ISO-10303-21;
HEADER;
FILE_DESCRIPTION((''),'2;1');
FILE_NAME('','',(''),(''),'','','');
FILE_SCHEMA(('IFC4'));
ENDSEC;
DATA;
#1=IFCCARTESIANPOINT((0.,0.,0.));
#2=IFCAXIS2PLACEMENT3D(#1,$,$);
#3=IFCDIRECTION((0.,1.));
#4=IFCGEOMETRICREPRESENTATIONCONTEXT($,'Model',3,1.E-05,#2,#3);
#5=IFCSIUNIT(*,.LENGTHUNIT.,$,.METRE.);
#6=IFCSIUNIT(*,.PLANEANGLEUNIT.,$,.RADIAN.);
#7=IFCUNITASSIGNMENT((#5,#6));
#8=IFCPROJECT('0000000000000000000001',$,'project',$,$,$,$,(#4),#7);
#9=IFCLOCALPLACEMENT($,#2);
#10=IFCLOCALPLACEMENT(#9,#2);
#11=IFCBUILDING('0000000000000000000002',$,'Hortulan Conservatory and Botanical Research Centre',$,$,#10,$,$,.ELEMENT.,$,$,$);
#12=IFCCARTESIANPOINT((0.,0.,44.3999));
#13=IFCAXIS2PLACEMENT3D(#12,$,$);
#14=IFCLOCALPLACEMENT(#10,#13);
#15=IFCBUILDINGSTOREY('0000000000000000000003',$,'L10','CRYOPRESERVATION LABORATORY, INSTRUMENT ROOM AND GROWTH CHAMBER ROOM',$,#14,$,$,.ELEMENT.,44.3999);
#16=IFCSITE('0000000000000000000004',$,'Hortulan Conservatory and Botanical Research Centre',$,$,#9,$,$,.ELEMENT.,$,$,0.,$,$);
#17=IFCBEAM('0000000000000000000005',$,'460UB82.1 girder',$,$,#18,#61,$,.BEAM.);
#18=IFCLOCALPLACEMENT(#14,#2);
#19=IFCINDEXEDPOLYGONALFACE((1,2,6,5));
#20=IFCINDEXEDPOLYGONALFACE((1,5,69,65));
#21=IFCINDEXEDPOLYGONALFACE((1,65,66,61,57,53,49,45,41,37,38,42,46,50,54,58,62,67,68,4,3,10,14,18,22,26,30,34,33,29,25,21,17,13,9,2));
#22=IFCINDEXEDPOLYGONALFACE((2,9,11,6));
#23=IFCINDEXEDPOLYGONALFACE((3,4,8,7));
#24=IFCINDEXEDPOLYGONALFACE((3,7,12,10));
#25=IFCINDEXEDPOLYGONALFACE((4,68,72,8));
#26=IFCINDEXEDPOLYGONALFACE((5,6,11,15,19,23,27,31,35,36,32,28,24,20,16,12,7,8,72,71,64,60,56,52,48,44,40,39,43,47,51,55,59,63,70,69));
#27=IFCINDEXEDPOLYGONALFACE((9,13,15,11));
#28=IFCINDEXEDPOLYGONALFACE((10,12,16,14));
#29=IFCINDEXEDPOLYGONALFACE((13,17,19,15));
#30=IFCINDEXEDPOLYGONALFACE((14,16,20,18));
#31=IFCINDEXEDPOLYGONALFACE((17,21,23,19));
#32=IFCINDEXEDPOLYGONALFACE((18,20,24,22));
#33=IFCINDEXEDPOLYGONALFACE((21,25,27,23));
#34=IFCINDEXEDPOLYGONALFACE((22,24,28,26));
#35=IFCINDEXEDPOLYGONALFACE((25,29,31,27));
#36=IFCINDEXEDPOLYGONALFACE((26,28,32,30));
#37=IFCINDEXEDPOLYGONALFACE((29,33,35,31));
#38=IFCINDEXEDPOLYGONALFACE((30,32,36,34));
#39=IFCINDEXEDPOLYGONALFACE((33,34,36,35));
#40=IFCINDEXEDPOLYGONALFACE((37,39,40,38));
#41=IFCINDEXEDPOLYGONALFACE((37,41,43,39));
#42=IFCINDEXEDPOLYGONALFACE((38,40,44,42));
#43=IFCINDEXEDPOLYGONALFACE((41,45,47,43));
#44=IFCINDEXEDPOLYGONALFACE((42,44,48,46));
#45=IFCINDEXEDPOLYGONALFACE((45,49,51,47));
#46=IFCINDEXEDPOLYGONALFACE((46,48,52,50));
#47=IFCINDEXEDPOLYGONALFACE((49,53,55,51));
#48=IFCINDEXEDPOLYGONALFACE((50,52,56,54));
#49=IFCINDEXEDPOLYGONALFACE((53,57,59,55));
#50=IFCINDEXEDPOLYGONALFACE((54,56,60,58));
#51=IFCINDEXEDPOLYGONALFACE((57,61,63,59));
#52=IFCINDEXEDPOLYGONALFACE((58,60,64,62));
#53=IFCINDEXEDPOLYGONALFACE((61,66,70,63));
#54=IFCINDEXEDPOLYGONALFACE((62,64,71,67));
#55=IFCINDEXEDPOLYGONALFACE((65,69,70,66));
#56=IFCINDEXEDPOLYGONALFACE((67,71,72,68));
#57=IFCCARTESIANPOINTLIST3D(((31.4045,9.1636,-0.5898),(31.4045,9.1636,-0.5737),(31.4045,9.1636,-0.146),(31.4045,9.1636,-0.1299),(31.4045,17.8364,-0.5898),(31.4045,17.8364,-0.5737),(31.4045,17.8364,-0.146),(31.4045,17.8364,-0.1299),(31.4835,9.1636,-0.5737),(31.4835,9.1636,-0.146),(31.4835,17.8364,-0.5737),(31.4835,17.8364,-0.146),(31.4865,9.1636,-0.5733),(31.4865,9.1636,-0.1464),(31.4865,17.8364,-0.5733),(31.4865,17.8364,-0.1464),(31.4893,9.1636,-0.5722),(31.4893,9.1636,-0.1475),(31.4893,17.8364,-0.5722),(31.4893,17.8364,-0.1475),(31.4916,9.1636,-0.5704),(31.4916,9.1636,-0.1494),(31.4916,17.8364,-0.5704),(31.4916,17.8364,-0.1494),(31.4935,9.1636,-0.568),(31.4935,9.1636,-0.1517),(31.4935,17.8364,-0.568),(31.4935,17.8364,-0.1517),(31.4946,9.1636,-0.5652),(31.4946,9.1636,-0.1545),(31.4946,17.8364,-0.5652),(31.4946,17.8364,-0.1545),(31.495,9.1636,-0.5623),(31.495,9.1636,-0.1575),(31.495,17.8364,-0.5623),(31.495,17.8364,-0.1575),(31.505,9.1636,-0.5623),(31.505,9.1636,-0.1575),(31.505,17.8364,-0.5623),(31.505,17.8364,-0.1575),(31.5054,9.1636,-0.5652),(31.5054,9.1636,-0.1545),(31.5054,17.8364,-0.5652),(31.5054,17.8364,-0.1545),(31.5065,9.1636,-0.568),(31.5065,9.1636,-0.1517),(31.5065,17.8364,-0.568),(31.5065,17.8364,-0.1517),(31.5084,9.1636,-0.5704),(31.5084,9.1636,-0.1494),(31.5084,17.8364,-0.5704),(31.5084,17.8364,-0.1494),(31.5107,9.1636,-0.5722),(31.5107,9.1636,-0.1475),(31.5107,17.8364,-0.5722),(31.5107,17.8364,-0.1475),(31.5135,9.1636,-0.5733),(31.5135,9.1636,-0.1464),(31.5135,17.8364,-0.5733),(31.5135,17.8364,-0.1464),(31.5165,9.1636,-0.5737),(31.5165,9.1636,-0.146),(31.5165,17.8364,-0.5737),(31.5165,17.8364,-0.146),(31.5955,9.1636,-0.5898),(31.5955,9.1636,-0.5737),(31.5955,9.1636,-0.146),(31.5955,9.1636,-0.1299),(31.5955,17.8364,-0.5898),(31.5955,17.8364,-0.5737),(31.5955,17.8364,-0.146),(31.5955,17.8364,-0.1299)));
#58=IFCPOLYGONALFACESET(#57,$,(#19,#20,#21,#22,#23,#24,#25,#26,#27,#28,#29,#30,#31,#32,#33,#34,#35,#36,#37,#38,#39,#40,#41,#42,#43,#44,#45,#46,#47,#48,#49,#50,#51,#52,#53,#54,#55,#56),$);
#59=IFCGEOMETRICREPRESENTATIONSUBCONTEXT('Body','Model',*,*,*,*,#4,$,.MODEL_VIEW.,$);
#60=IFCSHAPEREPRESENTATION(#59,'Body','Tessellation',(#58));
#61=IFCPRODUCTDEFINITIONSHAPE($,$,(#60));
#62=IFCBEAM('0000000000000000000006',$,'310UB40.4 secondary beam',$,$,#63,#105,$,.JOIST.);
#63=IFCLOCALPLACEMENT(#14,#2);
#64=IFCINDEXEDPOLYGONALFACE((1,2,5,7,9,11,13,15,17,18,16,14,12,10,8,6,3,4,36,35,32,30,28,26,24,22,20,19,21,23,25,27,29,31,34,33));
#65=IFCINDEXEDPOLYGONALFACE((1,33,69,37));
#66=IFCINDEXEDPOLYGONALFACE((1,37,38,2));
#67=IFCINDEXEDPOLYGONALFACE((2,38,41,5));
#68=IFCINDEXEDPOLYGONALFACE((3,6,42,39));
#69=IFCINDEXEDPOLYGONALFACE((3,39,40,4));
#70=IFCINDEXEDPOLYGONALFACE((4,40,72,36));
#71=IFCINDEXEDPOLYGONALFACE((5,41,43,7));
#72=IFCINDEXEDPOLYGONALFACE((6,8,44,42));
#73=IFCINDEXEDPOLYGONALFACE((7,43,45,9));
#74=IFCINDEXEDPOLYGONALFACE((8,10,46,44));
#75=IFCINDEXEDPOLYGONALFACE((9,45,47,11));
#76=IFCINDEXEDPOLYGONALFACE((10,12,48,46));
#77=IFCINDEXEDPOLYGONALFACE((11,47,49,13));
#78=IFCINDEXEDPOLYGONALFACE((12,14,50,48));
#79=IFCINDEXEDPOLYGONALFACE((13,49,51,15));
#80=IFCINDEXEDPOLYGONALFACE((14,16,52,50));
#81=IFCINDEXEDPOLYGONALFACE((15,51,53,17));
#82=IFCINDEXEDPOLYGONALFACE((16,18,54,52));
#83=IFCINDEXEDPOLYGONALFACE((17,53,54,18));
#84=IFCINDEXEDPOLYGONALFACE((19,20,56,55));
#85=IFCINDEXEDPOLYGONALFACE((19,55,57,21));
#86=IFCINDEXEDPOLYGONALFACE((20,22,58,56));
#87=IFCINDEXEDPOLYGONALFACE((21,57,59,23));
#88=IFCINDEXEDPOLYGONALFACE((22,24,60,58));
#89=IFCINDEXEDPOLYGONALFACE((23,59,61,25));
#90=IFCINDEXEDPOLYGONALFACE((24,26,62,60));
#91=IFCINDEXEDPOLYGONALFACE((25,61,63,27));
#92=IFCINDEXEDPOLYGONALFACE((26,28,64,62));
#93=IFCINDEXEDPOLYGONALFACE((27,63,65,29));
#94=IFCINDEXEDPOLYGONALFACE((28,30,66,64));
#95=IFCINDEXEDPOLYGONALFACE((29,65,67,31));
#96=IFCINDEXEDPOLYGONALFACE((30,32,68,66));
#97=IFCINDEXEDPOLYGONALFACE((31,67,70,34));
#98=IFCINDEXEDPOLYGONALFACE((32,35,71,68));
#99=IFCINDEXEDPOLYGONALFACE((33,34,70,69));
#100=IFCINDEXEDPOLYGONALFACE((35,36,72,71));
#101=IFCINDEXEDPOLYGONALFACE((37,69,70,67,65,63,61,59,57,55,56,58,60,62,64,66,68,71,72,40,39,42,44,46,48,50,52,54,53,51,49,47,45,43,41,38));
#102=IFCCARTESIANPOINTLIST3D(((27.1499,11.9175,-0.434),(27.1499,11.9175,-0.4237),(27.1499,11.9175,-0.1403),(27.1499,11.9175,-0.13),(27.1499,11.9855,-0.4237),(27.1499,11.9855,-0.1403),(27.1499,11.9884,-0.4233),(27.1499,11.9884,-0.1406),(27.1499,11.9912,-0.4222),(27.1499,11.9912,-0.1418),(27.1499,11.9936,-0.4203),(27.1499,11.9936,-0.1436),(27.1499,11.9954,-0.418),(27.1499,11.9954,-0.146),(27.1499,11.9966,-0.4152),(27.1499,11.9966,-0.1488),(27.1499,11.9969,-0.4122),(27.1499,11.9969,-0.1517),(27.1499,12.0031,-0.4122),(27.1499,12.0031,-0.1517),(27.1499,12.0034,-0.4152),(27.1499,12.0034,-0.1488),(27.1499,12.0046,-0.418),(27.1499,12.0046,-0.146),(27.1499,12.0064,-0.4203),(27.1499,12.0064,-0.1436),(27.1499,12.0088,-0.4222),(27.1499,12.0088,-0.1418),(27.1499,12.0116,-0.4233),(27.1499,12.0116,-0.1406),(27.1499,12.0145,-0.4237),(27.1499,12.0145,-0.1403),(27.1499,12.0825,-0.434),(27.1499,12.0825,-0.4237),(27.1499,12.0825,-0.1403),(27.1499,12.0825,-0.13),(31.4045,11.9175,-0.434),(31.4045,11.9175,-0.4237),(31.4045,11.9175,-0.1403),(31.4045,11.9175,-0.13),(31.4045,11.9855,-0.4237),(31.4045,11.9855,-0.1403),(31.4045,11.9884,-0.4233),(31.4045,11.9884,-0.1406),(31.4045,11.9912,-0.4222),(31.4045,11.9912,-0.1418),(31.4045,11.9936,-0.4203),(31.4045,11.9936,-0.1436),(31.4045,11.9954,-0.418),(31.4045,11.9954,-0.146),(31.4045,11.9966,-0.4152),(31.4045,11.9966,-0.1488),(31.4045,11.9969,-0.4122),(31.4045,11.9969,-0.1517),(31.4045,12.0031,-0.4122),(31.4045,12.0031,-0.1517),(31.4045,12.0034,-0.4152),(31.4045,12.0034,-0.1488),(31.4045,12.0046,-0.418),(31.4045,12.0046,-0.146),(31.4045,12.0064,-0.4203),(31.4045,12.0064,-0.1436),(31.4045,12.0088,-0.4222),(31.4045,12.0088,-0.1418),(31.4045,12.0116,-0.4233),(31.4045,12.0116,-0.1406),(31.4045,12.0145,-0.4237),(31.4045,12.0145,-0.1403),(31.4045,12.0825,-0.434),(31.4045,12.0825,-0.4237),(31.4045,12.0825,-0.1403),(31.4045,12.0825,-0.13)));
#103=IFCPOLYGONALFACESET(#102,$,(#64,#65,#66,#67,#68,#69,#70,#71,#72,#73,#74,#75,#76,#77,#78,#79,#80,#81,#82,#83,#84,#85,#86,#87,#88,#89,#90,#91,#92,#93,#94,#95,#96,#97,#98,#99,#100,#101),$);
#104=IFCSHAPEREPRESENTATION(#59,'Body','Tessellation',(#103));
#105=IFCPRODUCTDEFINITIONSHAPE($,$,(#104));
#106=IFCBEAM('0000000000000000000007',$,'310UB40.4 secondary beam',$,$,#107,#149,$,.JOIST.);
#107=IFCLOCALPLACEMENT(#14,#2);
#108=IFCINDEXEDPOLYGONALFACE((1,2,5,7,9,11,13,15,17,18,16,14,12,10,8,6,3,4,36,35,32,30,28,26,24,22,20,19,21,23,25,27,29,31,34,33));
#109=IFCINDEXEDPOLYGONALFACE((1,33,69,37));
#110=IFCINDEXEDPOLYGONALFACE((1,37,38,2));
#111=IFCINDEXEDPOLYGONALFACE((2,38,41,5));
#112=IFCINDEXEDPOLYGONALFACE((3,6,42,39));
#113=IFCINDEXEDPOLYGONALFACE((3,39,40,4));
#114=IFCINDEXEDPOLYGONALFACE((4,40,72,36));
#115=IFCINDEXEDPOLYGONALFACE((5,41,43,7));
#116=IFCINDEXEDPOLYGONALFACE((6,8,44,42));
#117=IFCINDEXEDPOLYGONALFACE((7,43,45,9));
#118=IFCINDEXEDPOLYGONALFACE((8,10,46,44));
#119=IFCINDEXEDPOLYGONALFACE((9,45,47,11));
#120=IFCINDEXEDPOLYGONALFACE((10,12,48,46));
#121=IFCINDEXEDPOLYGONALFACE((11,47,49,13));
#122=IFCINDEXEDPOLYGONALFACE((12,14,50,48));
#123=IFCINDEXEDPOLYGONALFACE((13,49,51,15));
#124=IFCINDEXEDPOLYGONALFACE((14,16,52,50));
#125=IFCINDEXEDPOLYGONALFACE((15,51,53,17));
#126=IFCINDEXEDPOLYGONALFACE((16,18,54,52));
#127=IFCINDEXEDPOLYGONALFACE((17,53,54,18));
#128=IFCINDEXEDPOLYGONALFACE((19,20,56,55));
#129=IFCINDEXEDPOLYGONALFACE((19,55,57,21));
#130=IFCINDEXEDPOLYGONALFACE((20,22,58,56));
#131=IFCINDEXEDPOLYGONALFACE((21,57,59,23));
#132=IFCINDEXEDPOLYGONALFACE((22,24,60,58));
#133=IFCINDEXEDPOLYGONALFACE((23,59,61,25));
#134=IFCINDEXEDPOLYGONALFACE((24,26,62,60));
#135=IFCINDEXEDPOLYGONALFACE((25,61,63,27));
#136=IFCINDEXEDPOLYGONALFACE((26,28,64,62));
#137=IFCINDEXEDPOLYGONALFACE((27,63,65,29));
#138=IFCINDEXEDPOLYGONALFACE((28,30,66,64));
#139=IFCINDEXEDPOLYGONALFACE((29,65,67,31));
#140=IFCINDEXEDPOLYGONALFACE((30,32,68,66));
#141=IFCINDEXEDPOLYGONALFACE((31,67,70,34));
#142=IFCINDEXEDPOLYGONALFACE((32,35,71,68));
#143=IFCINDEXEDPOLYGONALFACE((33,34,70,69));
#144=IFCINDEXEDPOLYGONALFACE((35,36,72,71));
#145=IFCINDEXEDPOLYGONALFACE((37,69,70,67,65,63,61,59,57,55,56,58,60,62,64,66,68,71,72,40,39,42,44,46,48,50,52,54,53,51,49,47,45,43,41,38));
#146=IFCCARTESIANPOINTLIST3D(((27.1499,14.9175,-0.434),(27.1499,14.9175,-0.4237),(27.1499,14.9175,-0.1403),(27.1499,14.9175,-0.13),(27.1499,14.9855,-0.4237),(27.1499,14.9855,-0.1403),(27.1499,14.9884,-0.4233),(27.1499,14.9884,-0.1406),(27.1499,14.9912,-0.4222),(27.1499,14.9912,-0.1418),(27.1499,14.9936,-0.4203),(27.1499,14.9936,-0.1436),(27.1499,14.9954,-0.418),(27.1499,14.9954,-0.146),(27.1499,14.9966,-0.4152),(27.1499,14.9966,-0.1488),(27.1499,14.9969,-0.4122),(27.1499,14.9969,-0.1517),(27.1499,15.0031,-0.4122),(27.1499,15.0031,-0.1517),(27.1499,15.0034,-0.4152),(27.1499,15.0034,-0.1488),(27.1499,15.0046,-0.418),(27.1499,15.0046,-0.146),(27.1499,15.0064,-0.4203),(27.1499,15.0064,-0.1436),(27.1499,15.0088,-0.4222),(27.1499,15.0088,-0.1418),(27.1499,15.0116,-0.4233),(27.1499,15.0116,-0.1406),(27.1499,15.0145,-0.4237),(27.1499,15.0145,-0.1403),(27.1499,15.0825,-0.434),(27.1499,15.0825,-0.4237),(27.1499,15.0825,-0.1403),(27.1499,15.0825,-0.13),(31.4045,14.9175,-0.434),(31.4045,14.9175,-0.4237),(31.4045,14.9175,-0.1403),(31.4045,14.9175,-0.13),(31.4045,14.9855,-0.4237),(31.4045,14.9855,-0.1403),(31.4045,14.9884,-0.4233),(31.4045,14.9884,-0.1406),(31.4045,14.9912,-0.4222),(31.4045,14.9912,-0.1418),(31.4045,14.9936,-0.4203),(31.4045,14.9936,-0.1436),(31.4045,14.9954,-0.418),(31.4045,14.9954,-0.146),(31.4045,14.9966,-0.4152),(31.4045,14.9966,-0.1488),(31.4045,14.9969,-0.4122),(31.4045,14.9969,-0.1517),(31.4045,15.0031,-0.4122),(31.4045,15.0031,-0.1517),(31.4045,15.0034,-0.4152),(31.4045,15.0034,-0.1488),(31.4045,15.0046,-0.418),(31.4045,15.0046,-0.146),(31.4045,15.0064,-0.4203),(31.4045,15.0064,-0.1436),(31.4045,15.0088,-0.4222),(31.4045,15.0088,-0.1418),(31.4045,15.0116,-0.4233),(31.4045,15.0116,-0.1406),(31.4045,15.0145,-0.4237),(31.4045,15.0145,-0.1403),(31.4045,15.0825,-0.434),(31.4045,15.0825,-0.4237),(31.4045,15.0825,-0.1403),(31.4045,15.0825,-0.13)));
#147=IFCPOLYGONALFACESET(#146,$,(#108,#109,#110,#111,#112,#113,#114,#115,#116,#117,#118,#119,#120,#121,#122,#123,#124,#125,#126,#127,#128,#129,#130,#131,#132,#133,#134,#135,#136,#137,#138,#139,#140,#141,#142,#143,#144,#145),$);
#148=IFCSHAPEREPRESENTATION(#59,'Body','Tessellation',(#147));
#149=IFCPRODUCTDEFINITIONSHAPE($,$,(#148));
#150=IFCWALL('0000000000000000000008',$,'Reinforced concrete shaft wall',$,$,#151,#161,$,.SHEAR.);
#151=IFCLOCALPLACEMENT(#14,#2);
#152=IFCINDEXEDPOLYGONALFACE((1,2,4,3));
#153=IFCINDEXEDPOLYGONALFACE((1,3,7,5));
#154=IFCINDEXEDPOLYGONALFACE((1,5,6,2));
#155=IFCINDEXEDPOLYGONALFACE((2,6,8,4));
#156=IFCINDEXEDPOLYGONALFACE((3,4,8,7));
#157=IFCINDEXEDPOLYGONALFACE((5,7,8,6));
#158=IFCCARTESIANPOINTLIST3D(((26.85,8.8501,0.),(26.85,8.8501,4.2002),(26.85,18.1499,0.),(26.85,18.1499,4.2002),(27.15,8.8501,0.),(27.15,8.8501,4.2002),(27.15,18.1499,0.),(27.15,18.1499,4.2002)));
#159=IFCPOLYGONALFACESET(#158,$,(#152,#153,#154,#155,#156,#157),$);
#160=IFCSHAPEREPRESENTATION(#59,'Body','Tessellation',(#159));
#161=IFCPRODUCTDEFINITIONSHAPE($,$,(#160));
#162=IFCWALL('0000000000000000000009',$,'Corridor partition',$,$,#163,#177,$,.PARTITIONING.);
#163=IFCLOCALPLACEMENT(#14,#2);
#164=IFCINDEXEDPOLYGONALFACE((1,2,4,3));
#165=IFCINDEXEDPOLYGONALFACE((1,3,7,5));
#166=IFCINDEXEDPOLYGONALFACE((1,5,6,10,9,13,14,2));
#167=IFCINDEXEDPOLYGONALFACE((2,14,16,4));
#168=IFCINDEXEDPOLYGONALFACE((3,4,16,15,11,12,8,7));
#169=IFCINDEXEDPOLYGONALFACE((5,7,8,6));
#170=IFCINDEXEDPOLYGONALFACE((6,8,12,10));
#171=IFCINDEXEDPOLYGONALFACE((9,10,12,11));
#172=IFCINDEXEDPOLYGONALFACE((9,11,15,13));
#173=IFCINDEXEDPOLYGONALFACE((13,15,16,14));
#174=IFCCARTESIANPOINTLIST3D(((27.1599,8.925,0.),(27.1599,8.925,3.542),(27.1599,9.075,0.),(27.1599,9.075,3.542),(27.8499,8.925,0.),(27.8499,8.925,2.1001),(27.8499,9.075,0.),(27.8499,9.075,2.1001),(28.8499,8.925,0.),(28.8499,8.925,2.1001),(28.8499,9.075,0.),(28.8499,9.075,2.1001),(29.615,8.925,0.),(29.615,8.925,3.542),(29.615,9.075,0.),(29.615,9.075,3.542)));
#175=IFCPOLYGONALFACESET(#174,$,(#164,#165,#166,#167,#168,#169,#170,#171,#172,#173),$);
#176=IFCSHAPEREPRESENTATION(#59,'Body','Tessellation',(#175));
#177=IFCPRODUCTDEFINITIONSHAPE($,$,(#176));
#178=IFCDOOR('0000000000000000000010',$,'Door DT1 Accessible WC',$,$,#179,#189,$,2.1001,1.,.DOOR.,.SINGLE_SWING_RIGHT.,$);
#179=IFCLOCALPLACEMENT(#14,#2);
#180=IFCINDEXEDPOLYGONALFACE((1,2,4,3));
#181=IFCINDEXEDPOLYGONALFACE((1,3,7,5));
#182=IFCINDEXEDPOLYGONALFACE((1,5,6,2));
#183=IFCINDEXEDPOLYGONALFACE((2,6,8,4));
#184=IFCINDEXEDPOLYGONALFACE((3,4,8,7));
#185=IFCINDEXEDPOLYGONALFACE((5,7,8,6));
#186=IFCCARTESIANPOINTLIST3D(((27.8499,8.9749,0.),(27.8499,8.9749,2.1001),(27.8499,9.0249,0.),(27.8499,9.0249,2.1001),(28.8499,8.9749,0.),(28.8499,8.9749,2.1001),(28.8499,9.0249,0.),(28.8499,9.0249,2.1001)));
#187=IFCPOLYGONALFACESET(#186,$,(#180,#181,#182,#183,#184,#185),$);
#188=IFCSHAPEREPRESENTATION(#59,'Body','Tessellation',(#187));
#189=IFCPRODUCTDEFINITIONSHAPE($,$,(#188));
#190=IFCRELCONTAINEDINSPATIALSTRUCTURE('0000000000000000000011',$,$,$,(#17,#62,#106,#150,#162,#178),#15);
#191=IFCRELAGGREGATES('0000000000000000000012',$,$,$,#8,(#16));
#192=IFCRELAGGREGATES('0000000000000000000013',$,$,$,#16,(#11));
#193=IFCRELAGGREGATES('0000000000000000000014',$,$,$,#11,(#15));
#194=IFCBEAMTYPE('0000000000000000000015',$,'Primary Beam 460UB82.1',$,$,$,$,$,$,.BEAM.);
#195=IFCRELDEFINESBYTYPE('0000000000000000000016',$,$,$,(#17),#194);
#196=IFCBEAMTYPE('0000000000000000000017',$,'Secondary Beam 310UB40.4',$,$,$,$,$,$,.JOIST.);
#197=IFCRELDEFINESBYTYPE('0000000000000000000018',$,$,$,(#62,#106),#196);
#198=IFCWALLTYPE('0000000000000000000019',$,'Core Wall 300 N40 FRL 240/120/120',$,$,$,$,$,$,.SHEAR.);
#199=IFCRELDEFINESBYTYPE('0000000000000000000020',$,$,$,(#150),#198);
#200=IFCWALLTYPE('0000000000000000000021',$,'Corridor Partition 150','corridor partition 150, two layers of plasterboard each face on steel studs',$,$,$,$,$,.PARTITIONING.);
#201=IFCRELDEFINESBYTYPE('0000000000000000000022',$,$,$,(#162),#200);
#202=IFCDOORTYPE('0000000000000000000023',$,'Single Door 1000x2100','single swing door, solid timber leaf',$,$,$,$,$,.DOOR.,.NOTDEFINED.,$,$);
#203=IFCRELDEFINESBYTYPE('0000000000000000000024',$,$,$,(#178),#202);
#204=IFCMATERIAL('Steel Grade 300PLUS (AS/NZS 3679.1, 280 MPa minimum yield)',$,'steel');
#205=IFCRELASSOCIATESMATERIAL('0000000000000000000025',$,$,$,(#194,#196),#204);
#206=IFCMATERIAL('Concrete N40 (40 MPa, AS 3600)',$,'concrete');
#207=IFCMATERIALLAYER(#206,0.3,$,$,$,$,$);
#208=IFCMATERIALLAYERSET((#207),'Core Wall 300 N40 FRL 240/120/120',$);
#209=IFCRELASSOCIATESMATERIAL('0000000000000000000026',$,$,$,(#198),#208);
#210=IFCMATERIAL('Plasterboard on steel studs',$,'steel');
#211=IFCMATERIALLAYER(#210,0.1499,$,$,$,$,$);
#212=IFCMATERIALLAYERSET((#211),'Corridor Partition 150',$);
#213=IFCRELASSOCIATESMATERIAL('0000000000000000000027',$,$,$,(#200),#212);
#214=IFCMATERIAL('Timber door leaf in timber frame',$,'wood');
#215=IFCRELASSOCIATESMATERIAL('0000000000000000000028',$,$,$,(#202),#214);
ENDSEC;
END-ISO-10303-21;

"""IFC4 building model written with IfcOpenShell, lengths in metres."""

from ifc_helpers import new_model, si_unit, direction, frame, frame_2d, origin, origin_2d, place, context, subcontext, project, spatial, rectangle, i_section, extrude, material, layer, layer_set, material_profile, profile_set, type_object, element, fill, save


model = new_model("IFC4")

# Units and contexts
model_context = context("Model", 3, precision=1e-05, world=origin(), true_north=direction((0.0, 1.0)))
body_context = subcontext(model_context, "Body", "Model", "MODEL_VIEW")
ifc_project = project(units=[si_unit("LENGTHUNIT", "METRE"), si_unit("PLANEANGLEUNIT", "RADIAN")], contexts=[model_context])

# Site, building, storey
site_placement = place(None, origin())
site = spatial("IfcSite", under=ifc_project, at=site_placement, Name="Hortulan Conservatory and Botanical Research Centre", CompositionType="ELEMENT", RefElevation=0.0)
building_placement = place(site_placement, origin())
building = spatial("IfcBuilding", under=site, at=building_placement, Name="Hortulan Conservatory and Botanical Research Centre", CompositionType="ELEMENT")
storey_placement = place(building_placement, frame((0.0, 0.0, 44.3999)))
storey = spatial("IfcBuildingStorey", under=building, at=storey_placement, Name="L10", Description="CRYOPRESERVATION LABORATORY, INSTRUMENT ROOM AND GROWTH CHAMBER ROOM", CompositionType="ELEMENT", Elevation=44.3999)

# Shared definitions
ifc_material_1 = material(Name="Steel Grade 300PLUS (AS/NZS 3679.1, 280 MPa minimum yield)", Category="steel")

# Beams
ifc_material_profile_1 = material_profile(ifc_material_1, i_section(OverallWidth=0.1909, OverallDepth=0.46, WebThickness=0.01, FlangeThickness=0.0161, FilletRadius=0.0115, at=origin_2d()), Name="460UB82.1")
ifc_profile_set_1 = profile_set([ifc_material_profile_1], Name="Steel Grade 300PLUS (AS/NZS 3679.1, 280 MPa minimum yield)")
beam_type_1 = type_object("IfcBeamType", Name="Primary Beam 460UB82.1", PredefinedType="BEAM", material=ifc_profile_set_1)
beam_1_placement = place(storey_placement, frame((31.5, 9.1636, -0.3599), z_axis=(0.0, 1.0, 0.0), x_axis=(-1.0, 0.0, 0.0)))
element("IfcBeam", 1, at=beam_1_placement, inside=storey, type_object=beam_type_1, Name="460UB82.1 girder", PredefinedType="BEAM", context=body_context, shape_type="SweptSolid", body=[
    extrude(i_section(OverallWidth=0.1909, OverallDepth=0.46, WebThickness=0.01, FlangeThickness=0.0161, FilletRadius=0.0115, at=origin_2d()), origin(), (0.0, 0.0, 1.0), 8.6729),
])
ifc_material_profile_2 = material_profile(ifc_material_1, i_section(OverallWidth=0.165, OverallDepth=0.304, WebThickness=0.0061, FlangeThickness=0.0103, FilletRadius=0.0115, at=origin_2d()), Name="310UB40.4")
ifc_profile_set_2 = profile_set([ifc_material_profile_2], Name="Steel Grade 300PLUS (AS/NZS 3679.1, 280 MPa minimum yield)")
beam_type_2 = type_object("IfcBeamType", Name="Secondary Beam 310UB40.4", PredefinedType="JOIST", material=ifc_profile_set_2)
for number, where, z_axis, x_axis, name in (
    (2, (27.1499, 12.0, -0.282), (1.0, 0.0, 0.0), (0.0, 1.0, 0.0), "310UB40.4 secondary beam"),
    (3, (27.1499, 15.0, -0.282), (1.0, 0.0, 0.0), (0.0, 1.0, 0.0), "310UB40.4 secondary beam"),
):
    element("IfcBeam", number, at=place(storey_placement, frame(where, z_axis=z_axis, x_axis=x_axis)), inside=storey, type_object=beam_type_2, Name=name, PredefinedType="JOIST", context=body_context, shape_type="SweptSolid", body=[
        extrude(i_section(OverallWidth=0.165, OverallDepth=0.304, WebThickness=0.0061, FlangeThickness=0.0103, FilletRadius=0.0115, at=origin_2d()), origin(), (0.0, 0.0, 1.0), 4.2546),
    ])

# Wall
ifc_material_2 = material(Name="Concrete N40 (40 MPa, AS 3600)", Category="concrete")
ifc_layer_1 = layer(ifc_material_2, 0.3)
ifc_layer_set_1 = layer_set([ifc_layer_1], Name="Core Wall 300 N40 FRL 240/120/120")
wall_type_1 = type_object("IfcWallType", Name="Core Wall 300 N40 FRL 240/120/120", PredefinedType="SHEAR", material=ifc_layer_set_1)
wall_1_placement = place(storey_placement, frame((27.0, 8.8501, 0.0), z_axis=(0.0, 0.0, 1.0), x_axis=(0.0, 1.0, 0.0)))
element("IfcWall", 4, at=wall_1_placement, inside=storey, type_object=wall_type_1, Name="Reinforced concrete shaft wall", PredefinedType="SHEAR", context=body_context, shape_type="SweptSolid", body=[
    extrude(rectangle(XDim=9.2998, YDim=0.3, at=frame_2d((4.6499, 0.0))), origin(), (0.0, 0.0, 1.0), 4.2002),
])

# Wall, opening, door
ifc_material_3 = material(Name="Plasterboard on steel studs", Category="steel")
ifc_layer_2 = layer(ifc_material_3, 0.1499)
ifc_layer_set_2 = layer_set([ifc_layer_2], Name="Corridor Partition 150")
wall_type_2 = type_object("IfcWallType", Name="Corridor Partition 150", Description="corridor partition 150, two layers of plasterboard each face on steel studs", PredefinedType="PARTITIONING", material=ifc_layer_set_2)
wall_2_placement = place(storey_placement, frame((27.1599, 9.0, 0.0), z_axis=(0.0, 0.0, 1.0), x_axis=(1.0, 0.0, 0.0)))
wall_2 = element("IfcWall", 5, at=wall_2_placement, inside=storey, type_object=wall_type_2, Name="Corridor partition", PredefinedType="PARTITIONING", context=body_context, shape_type="SweptSolid", body=[
    extrude(rectangle(XDim=2.4551, YDim=0.1499, at=frame_2d((1.2275, 0.0))), origin(), (0.0, 0.0, 1.0), 3.542),
])
opening_1_placement = place(wall_2_placement, frame((0.6899, 0.0, 0.0)))
opening_1 = element("IfcOpeningElement", 6, at=opening_1_placement, cuts=wall_2, PredefinedType="OPENING", context=body_context, shape_type="SweptSolid", body=[
    extrude(rectangle(XDim=1.0, YDim=2.1001, at=frame_2d((0.5, 1.05))), frame((0.0, 0.085, 0.0), z_axis=(0.0, -1.0, 0.0), x_axis=(1.0, 0.0, 0.0)), (0.0, 0.0, 1.0), 0.1699),
])
ifc_material_4 = material(Name="Timber door leaf in timber frame", Category="wood")
door_type_1 = type_object("IfcDoorType", Name="Single Door 1000x2100", Description="single swing door, solid timber leaf", OperationType="NOTDEFINED", PredefinedType="DOOR", material=ifc_material_4)
door_1_placement = place(opening_1_placement, origin())
door_1 = element("IfcDoor", 7, at=door_1_placement, inside=storey, type_object=door_type_1, Name="Door DT1 Accessible WC", OperationType="SINGLE_SWING_RIGHT", OverallHeight=2.1001, OverallWidth=1.0, PredefinedType="DOOR", context=body_context, shape_type="SweptSolid", body=[
    extrude(rectangle(XDim=1.0, YDim=2.1001, at=frame_2d((0.5, 1.05))), frame((0.0, 0.0249, 0.0), z_axis=(0.0, -1.0, 0.0), x_axis=(1.0, 0.0, 0.0)), (0.0, 0.0, 1.0), 0.05),
])
fill(opening_1, door_1)

save(model, "model.ifc")
